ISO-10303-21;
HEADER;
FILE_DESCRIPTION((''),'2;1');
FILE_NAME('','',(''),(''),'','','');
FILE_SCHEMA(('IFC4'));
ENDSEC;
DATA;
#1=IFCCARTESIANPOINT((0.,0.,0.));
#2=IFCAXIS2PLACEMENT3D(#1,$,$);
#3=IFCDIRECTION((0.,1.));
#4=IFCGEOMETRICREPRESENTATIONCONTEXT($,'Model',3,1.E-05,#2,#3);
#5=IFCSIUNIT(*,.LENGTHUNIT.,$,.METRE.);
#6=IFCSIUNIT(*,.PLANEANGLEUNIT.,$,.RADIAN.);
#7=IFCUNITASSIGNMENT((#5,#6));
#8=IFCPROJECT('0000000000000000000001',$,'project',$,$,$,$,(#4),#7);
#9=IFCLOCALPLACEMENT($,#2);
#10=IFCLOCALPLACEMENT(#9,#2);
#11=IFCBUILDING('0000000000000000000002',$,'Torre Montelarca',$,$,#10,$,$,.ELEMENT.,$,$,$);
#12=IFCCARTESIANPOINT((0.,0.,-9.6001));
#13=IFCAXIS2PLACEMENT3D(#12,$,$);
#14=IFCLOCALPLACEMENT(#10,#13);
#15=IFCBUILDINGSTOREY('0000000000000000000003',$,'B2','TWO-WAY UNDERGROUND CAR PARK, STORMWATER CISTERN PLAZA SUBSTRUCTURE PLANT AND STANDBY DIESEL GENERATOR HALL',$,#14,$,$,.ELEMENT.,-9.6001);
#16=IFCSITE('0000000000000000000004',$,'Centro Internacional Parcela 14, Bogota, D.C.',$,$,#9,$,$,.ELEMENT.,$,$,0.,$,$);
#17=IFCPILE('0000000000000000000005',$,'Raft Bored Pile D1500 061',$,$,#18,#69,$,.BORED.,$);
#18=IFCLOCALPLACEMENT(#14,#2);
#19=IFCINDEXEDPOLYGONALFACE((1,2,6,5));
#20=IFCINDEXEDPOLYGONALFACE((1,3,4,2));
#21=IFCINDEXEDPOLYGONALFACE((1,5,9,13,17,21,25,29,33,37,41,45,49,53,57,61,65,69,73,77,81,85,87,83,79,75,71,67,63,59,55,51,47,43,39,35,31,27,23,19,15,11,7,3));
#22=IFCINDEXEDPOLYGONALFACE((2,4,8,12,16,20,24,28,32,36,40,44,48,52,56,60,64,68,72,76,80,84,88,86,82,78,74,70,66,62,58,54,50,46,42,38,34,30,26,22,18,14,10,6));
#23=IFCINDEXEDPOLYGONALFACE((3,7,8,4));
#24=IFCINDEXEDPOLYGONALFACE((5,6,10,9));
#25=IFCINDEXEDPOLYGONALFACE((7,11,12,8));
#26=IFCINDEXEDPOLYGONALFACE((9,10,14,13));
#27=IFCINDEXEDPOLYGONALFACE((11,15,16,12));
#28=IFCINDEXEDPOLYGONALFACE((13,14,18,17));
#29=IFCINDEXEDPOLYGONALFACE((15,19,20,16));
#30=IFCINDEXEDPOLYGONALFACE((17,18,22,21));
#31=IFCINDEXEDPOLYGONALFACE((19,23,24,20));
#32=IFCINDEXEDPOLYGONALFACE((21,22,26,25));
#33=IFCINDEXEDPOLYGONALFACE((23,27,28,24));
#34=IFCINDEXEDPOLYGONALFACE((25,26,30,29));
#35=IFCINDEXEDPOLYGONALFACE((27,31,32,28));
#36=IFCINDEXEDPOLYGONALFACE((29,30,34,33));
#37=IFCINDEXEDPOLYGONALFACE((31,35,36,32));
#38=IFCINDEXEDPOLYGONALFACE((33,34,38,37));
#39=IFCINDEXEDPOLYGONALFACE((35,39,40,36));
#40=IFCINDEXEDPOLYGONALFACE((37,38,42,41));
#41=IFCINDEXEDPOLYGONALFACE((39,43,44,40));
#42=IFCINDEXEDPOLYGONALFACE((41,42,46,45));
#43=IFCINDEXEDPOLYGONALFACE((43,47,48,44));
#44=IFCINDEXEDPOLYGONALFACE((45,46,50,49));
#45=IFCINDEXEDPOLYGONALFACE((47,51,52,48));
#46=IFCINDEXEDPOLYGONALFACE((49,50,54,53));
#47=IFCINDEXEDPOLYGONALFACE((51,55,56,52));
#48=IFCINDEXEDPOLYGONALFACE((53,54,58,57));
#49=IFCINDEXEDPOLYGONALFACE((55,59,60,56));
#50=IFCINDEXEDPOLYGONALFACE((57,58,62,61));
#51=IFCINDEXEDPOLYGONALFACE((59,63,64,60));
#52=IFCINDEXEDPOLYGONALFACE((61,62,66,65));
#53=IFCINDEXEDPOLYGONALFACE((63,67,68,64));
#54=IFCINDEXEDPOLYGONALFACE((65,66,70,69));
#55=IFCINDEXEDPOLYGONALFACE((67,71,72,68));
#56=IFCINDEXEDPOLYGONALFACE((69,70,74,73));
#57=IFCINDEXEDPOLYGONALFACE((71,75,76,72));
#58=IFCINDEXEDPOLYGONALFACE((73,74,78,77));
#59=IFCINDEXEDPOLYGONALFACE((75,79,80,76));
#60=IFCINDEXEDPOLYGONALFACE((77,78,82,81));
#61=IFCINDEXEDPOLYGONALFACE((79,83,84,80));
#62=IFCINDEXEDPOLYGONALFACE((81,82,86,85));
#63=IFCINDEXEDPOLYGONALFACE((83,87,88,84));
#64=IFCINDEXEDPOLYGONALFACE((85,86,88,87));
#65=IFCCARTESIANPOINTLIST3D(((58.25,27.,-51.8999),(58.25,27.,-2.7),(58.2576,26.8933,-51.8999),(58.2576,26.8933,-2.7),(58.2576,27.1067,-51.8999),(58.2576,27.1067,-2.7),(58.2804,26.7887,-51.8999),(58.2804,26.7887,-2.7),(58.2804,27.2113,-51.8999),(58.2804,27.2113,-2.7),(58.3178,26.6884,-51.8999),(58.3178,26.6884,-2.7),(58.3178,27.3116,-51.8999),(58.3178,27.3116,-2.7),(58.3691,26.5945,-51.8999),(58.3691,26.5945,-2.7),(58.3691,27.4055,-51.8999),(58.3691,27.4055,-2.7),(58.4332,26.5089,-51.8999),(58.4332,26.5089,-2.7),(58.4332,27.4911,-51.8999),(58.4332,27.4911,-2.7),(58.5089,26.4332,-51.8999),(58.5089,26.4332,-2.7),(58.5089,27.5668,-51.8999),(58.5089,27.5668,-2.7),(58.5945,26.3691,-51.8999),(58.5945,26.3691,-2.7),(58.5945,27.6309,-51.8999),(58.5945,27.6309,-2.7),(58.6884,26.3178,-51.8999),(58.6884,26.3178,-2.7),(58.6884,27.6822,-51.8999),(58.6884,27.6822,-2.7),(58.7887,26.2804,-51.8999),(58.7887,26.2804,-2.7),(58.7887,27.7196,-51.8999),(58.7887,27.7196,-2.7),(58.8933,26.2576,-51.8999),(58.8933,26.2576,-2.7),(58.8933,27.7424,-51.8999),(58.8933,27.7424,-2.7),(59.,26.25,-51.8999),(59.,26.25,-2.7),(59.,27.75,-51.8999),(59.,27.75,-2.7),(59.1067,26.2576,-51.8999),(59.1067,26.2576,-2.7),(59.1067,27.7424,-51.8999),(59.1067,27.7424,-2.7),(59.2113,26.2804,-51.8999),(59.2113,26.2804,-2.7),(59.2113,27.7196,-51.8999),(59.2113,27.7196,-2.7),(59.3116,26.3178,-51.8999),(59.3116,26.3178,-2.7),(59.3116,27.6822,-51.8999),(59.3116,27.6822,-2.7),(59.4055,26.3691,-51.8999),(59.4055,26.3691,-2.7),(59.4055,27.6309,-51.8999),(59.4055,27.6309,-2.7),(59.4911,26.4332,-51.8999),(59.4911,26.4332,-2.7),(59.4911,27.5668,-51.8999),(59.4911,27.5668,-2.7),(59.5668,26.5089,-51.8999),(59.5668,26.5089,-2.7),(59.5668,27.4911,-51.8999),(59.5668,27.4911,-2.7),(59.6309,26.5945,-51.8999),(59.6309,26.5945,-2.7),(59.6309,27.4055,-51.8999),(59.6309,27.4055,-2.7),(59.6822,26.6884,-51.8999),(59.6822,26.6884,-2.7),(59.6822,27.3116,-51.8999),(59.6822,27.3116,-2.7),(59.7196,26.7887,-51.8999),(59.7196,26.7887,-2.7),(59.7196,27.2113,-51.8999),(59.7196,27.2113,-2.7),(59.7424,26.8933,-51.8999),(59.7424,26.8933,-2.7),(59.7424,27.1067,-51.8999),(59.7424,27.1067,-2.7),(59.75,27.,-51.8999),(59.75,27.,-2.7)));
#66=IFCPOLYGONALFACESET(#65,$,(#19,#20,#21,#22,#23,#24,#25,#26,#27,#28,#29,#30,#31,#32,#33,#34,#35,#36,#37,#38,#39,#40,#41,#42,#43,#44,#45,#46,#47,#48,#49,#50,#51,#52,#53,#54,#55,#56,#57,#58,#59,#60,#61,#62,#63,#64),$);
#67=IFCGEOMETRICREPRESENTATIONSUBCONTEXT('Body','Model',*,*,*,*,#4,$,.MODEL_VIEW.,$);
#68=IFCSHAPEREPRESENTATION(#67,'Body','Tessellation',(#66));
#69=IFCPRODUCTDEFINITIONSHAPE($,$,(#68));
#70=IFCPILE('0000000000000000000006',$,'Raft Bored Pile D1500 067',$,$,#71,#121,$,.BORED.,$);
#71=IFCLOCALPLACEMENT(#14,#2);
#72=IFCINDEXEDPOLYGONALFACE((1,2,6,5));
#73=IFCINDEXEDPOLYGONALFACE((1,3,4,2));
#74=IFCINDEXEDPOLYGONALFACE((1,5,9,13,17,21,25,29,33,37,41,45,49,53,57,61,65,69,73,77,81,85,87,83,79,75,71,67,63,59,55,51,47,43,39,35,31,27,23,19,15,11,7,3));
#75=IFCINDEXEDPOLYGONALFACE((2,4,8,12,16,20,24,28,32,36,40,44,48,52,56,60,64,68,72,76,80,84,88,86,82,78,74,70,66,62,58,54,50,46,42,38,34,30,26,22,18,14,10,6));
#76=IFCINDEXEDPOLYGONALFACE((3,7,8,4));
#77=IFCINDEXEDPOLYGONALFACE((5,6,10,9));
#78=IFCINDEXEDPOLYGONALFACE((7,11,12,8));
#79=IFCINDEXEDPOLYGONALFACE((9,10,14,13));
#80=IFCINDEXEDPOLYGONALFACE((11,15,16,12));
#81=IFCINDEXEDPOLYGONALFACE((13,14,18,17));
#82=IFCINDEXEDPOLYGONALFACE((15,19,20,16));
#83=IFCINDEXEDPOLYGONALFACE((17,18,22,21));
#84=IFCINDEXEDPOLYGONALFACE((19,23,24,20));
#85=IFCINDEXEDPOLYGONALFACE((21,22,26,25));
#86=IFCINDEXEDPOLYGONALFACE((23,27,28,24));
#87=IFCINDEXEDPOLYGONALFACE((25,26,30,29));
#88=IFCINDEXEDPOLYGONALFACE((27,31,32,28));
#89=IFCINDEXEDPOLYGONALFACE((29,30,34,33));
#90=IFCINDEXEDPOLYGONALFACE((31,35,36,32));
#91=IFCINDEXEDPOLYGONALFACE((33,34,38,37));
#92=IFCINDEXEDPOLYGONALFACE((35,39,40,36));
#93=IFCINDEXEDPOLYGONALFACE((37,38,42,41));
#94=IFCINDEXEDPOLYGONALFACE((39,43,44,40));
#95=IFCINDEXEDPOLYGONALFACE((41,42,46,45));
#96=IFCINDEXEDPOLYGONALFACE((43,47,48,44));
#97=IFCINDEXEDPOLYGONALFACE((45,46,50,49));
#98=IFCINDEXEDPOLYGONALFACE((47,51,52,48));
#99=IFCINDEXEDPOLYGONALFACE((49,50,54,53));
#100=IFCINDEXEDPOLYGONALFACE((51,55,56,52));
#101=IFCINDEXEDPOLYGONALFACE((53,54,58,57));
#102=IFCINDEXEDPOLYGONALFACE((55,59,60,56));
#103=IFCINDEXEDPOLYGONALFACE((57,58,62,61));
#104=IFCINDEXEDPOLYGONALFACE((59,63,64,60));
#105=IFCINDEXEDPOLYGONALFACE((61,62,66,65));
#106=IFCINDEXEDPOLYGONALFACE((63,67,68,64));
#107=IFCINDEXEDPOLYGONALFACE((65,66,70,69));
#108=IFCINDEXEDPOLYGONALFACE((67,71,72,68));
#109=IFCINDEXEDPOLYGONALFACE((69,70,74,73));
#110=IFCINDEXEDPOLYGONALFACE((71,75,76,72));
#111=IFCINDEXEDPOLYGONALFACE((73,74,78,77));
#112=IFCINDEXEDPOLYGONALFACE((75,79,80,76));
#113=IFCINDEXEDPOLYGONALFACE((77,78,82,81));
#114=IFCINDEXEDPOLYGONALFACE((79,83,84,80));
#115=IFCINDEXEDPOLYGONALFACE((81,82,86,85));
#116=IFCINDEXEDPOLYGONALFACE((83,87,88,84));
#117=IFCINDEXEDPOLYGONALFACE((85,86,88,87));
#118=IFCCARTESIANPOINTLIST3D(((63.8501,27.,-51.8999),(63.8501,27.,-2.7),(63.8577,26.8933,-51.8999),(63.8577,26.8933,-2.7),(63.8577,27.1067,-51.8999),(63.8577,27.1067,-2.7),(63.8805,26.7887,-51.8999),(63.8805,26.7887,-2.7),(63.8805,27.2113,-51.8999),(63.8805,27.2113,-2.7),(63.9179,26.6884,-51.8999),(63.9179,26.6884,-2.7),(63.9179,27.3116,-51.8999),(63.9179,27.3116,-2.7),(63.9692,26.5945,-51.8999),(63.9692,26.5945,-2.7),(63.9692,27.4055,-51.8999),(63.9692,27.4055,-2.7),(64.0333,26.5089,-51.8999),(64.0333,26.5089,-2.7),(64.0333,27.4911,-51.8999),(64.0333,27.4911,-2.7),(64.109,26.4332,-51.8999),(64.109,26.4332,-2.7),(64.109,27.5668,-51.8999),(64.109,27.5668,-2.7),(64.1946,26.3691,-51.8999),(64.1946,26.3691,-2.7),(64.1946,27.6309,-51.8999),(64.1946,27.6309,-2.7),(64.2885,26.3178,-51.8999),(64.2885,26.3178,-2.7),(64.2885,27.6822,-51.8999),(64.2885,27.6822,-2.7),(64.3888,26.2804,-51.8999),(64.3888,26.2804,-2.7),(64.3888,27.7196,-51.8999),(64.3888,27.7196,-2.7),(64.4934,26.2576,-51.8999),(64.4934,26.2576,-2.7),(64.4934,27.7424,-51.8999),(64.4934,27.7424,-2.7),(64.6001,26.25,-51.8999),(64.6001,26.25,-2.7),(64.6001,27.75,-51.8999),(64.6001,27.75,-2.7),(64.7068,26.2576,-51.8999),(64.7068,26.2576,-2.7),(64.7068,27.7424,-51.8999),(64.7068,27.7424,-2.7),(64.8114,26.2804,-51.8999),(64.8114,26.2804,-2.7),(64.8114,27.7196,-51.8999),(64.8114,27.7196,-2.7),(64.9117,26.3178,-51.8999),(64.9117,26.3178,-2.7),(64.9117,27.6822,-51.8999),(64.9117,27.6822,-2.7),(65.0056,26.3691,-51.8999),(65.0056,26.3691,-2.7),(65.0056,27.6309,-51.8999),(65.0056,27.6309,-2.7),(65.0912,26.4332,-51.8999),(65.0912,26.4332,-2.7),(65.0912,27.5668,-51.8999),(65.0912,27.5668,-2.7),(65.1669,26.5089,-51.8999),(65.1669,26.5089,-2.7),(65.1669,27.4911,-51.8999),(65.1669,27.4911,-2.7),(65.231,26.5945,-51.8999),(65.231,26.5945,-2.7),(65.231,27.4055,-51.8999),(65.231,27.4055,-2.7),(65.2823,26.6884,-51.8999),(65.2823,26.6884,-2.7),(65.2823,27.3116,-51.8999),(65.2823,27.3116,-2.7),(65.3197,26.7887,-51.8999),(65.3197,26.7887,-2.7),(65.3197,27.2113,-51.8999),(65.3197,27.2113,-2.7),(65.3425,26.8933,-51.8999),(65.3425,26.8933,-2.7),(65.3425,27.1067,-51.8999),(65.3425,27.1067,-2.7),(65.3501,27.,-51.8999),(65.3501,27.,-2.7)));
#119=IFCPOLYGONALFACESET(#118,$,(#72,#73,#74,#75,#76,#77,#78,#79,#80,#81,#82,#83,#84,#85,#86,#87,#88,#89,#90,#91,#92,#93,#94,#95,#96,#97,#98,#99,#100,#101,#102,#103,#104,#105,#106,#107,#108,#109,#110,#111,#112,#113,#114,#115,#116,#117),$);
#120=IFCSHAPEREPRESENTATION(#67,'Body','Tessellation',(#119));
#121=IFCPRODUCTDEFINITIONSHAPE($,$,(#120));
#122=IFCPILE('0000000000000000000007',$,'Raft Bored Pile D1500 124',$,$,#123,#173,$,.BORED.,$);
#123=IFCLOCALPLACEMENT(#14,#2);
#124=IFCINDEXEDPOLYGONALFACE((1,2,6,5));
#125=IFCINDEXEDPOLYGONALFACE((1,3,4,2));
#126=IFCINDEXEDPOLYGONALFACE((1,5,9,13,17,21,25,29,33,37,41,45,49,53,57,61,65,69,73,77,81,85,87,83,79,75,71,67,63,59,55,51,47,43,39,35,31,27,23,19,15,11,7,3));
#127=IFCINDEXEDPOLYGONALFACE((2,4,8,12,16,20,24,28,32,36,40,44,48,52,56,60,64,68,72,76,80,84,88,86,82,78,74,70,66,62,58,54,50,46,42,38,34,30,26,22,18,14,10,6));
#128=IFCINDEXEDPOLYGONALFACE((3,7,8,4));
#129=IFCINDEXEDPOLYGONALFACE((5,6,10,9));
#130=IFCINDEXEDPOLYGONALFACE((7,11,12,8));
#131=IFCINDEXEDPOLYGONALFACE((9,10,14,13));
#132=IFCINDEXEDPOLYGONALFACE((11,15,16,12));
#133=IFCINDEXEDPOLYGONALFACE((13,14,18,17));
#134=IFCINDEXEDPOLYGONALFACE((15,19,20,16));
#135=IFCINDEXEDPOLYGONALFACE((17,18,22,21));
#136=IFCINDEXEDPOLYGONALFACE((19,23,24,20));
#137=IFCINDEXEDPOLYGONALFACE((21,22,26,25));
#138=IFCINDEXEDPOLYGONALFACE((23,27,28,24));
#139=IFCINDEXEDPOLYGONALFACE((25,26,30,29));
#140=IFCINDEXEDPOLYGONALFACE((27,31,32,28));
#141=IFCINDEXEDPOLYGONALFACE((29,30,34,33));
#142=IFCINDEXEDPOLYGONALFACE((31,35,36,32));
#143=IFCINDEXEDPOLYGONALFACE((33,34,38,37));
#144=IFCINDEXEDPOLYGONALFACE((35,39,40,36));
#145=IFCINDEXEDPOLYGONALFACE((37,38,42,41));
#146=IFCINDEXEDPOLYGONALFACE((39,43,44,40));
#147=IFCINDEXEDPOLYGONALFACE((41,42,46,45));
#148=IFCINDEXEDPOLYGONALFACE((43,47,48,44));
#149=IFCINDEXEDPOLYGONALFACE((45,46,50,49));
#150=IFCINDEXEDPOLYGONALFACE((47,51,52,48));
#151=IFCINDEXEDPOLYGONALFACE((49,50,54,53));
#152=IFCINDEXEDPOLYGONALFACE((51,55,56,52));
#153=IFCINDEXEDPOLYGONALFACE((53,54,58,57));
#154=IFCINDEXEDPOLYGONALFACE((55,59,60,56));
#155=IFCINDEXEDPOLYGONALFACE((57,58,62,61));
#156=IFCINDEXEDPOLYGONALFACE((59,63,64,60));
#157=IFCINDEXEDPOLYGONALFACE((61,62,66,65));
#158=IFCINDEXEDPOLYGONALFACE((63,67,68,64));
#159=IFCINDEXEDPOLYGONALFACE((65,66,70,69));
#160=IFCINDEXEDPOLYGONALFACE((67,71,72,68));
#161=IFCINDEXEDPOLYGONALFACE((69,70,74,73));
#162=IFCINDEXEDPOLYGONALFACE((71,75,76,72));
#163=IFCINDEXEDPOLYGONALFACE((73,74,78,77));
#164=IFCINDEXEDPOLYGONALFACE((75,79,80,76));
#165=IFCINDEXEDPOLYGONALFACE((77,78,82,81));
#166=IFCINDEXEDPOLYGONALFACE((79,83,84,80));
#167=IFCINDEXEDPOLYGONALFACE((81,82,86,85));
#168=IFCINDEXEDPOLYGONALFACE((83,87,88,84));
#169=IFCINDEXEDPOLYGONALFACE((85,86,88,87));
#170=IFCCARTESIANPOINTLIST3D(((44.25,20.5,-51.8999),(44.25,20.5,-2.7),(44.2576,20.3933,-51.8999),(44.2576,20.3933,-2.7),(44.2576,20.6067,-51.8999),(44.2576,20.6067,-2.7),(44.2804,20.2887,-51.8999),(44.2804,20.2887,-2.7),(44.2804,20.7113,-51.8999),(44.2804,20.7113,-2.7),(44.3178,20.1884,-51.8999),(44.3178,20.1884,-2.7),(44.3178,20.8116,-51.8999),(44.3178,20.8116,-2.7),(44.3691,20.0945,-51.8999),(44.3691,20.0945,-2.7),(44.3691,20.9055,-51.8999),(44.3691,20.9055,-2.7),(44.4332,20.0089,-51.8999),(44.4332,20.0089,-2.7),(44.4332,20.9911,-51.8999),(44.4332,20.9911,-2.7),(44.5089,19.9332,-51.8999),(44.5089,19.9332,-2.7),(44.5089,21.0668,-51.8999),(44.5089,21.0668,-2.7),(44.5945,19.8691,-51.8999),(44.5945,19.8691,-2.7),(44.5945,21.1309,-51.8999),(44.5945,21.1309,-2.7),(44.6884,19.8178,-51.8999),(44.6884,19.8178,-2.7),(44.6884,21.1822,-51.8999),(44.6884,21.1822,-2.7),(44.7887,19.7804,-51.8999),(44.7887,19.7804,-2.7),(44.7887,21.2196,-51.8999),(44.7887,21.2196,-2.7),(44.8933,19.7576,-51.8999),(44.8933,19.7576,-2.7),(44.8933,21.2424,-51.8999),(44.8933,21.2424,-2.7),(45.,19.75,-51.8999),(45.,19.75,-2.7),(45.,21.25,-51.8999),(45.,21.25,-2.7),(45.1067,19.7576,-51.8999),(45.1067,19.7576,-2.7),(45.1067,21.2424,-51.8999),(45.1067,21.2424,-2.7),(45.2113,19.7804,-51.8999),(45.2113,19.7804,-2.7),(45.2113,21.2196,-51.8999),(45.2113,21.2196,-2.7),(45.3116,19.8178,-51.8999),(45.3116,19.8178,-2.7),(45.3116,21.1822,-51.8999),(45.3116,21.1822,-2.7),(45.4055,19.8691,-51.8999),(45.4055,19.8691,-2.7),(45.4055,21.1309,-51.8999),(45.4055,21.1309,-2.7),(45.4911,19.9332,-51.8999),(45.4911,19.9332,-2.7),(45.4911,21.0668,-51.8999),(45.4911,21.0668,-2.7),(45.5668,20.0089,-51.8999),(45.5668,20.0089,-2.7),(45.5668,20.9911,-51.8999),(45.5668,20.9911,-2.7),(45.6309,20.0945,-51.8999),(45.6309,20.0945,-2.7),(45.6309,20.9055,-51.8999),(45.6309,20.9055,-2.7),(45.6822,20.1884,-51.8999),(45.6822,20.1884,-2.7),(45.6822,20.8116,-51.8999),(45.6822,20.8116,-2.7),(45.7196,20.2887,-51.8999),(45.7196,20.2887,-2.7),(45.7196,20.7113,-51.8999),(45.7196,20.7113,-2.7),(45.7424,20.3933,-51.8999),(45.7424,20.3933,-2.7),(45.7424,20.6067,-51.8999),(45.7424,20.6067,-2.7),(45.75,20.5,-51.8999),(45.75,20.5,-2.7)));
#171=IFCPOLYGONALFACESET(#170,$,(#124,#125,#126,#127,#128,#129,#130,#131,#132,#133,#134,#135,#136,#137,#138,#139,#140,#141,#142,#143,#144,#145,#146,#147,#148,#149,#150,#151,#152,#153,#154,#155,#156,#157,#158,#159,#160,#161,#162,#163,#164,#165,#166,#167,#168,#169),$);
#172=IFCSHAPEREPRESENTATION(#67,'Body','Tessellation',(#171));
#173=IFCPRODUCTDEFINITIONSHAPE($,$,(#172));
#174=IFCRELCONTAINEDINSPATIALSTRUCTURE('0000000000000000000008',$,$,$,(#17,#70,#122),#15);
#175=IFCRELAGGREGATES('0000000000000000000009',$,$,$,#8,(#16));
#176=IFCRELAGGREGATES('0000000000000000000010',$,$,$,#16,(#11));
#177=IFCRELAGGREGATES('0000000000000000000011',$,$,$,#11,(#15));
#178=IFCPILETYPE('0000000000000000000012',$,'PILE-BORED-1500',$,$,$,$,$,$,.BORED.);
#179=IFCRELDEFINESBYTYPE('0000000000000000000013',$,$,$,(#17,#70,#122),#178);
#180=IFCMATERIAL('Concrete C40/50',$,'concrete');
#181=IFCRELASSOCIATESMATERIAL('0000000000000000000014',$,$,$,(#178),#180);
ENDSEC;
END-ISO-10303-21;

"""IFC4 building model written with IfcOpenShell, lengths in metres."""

from ifc_helpers import new_model, si_unit, direction, frame, origin, origin_2d, place, context, subcontext, project, spatial, circle, extrude, source, transform, mapped, material, material_profile, profile_set, type_object, element, save


model = new_model("IFC4")

# Units and contexts
model_context = context("Model", 3, precision=1e-05, world=origin(), true_north=direction((0.0, 1.0)))
body_context = subcontext(model_context, "Body", "Model", "MODEL_VIEW")
ifc_project = project(units=[si_unit("LENGTHUNIT", "METRE"), si_unit("PLANEANGLEUNIT", "RADIAN")], contexts=[model_context])

# Site, building, storey
site_placement = place(None, origin())
site = spatial("IfcSite", under=ifc_project, at=site_placement, Name="Centro Internacional Parcela 14, Bogota, D.C.", CompositionType="ELEMENT", RefElevation=0.0)
building_placement = place(site_placement, origin())
building = spatial("IfcBuilding", under=site, at=building_placement, Name="Torre Montelarca", CompositionType="ELEMENT")
storey_placement = place(building_placement, frame((0.0, 0.0, -9.6001)))
storey = spatial("IfcBuildingStorey", under=building, at=storey_placement, Name="B2", Description="TWO-WAY UNDERGROUND CAR PARK, STORMWATER CISTERN PLAZA SUBSTRUCTURE PLANT AND STANDBY DIESEL GENERATOR HALL", CompositionType="ELEMENT", Elevation=-9.6001)

# Piles
ifc_material_1 = material(Name="Concrete C40/50", Category="concrete")
ifc_material_profile_1 = material_profile(ifc_material_1, circle(Radius=0.75, at=origin_2d()), Name="PILE-D1500", Category="concrete")
ifc_profile_set_1 = profile_set([ifc_material_profile_1], Name="Concrete C40/50")
pile_type_1 = type_object("IfcPileType", Name="PILE-BORED-1500", PredefinedType="BORED", material=ifc_profile_set_1)
shared_shape_1 = source(origin(), body_context, "Body", "SweptSolid", [
    extrude(circle(Radius=0.75, at=origin_2d()), origin(), (0.0, 0.0, 1.0), 49.2),
])
for number, where, z_axis, x_axis, name in (
    (1, (59.0, 27.0, -2.7), (0.0, 0.0, -1.0), (1.0, 0.0, 0.0), "Raft Bored Pile D1500 061"),
    (2, (64.6001, 27.0, -2.7), (0.0, 0.0, -1.0), (1.0, 0.0, 0.0), "Raft Bored Pile D1500 067"),
    (3, (45.0, 20.5, -2.7), (0.0, 0.0, -1.0), (1.0, 0.0, 0.0), "Raft Bored Pile D1500 124"),
):
    element("IfcPile", number, at=place(storey_placement, frame(where, z_axis=z_axis, x_axis=x_axis)), inside=storey, type_object=pile_type_1, Name=name, PredefinedType="BORED", context=body_context, shape_type="MappedRepresentation", body=[
        mapped(shared_shape_1, transform((0.0, 0.0, 0.0), scale=1.0)),
    ])

save(model, "model.ifc")
